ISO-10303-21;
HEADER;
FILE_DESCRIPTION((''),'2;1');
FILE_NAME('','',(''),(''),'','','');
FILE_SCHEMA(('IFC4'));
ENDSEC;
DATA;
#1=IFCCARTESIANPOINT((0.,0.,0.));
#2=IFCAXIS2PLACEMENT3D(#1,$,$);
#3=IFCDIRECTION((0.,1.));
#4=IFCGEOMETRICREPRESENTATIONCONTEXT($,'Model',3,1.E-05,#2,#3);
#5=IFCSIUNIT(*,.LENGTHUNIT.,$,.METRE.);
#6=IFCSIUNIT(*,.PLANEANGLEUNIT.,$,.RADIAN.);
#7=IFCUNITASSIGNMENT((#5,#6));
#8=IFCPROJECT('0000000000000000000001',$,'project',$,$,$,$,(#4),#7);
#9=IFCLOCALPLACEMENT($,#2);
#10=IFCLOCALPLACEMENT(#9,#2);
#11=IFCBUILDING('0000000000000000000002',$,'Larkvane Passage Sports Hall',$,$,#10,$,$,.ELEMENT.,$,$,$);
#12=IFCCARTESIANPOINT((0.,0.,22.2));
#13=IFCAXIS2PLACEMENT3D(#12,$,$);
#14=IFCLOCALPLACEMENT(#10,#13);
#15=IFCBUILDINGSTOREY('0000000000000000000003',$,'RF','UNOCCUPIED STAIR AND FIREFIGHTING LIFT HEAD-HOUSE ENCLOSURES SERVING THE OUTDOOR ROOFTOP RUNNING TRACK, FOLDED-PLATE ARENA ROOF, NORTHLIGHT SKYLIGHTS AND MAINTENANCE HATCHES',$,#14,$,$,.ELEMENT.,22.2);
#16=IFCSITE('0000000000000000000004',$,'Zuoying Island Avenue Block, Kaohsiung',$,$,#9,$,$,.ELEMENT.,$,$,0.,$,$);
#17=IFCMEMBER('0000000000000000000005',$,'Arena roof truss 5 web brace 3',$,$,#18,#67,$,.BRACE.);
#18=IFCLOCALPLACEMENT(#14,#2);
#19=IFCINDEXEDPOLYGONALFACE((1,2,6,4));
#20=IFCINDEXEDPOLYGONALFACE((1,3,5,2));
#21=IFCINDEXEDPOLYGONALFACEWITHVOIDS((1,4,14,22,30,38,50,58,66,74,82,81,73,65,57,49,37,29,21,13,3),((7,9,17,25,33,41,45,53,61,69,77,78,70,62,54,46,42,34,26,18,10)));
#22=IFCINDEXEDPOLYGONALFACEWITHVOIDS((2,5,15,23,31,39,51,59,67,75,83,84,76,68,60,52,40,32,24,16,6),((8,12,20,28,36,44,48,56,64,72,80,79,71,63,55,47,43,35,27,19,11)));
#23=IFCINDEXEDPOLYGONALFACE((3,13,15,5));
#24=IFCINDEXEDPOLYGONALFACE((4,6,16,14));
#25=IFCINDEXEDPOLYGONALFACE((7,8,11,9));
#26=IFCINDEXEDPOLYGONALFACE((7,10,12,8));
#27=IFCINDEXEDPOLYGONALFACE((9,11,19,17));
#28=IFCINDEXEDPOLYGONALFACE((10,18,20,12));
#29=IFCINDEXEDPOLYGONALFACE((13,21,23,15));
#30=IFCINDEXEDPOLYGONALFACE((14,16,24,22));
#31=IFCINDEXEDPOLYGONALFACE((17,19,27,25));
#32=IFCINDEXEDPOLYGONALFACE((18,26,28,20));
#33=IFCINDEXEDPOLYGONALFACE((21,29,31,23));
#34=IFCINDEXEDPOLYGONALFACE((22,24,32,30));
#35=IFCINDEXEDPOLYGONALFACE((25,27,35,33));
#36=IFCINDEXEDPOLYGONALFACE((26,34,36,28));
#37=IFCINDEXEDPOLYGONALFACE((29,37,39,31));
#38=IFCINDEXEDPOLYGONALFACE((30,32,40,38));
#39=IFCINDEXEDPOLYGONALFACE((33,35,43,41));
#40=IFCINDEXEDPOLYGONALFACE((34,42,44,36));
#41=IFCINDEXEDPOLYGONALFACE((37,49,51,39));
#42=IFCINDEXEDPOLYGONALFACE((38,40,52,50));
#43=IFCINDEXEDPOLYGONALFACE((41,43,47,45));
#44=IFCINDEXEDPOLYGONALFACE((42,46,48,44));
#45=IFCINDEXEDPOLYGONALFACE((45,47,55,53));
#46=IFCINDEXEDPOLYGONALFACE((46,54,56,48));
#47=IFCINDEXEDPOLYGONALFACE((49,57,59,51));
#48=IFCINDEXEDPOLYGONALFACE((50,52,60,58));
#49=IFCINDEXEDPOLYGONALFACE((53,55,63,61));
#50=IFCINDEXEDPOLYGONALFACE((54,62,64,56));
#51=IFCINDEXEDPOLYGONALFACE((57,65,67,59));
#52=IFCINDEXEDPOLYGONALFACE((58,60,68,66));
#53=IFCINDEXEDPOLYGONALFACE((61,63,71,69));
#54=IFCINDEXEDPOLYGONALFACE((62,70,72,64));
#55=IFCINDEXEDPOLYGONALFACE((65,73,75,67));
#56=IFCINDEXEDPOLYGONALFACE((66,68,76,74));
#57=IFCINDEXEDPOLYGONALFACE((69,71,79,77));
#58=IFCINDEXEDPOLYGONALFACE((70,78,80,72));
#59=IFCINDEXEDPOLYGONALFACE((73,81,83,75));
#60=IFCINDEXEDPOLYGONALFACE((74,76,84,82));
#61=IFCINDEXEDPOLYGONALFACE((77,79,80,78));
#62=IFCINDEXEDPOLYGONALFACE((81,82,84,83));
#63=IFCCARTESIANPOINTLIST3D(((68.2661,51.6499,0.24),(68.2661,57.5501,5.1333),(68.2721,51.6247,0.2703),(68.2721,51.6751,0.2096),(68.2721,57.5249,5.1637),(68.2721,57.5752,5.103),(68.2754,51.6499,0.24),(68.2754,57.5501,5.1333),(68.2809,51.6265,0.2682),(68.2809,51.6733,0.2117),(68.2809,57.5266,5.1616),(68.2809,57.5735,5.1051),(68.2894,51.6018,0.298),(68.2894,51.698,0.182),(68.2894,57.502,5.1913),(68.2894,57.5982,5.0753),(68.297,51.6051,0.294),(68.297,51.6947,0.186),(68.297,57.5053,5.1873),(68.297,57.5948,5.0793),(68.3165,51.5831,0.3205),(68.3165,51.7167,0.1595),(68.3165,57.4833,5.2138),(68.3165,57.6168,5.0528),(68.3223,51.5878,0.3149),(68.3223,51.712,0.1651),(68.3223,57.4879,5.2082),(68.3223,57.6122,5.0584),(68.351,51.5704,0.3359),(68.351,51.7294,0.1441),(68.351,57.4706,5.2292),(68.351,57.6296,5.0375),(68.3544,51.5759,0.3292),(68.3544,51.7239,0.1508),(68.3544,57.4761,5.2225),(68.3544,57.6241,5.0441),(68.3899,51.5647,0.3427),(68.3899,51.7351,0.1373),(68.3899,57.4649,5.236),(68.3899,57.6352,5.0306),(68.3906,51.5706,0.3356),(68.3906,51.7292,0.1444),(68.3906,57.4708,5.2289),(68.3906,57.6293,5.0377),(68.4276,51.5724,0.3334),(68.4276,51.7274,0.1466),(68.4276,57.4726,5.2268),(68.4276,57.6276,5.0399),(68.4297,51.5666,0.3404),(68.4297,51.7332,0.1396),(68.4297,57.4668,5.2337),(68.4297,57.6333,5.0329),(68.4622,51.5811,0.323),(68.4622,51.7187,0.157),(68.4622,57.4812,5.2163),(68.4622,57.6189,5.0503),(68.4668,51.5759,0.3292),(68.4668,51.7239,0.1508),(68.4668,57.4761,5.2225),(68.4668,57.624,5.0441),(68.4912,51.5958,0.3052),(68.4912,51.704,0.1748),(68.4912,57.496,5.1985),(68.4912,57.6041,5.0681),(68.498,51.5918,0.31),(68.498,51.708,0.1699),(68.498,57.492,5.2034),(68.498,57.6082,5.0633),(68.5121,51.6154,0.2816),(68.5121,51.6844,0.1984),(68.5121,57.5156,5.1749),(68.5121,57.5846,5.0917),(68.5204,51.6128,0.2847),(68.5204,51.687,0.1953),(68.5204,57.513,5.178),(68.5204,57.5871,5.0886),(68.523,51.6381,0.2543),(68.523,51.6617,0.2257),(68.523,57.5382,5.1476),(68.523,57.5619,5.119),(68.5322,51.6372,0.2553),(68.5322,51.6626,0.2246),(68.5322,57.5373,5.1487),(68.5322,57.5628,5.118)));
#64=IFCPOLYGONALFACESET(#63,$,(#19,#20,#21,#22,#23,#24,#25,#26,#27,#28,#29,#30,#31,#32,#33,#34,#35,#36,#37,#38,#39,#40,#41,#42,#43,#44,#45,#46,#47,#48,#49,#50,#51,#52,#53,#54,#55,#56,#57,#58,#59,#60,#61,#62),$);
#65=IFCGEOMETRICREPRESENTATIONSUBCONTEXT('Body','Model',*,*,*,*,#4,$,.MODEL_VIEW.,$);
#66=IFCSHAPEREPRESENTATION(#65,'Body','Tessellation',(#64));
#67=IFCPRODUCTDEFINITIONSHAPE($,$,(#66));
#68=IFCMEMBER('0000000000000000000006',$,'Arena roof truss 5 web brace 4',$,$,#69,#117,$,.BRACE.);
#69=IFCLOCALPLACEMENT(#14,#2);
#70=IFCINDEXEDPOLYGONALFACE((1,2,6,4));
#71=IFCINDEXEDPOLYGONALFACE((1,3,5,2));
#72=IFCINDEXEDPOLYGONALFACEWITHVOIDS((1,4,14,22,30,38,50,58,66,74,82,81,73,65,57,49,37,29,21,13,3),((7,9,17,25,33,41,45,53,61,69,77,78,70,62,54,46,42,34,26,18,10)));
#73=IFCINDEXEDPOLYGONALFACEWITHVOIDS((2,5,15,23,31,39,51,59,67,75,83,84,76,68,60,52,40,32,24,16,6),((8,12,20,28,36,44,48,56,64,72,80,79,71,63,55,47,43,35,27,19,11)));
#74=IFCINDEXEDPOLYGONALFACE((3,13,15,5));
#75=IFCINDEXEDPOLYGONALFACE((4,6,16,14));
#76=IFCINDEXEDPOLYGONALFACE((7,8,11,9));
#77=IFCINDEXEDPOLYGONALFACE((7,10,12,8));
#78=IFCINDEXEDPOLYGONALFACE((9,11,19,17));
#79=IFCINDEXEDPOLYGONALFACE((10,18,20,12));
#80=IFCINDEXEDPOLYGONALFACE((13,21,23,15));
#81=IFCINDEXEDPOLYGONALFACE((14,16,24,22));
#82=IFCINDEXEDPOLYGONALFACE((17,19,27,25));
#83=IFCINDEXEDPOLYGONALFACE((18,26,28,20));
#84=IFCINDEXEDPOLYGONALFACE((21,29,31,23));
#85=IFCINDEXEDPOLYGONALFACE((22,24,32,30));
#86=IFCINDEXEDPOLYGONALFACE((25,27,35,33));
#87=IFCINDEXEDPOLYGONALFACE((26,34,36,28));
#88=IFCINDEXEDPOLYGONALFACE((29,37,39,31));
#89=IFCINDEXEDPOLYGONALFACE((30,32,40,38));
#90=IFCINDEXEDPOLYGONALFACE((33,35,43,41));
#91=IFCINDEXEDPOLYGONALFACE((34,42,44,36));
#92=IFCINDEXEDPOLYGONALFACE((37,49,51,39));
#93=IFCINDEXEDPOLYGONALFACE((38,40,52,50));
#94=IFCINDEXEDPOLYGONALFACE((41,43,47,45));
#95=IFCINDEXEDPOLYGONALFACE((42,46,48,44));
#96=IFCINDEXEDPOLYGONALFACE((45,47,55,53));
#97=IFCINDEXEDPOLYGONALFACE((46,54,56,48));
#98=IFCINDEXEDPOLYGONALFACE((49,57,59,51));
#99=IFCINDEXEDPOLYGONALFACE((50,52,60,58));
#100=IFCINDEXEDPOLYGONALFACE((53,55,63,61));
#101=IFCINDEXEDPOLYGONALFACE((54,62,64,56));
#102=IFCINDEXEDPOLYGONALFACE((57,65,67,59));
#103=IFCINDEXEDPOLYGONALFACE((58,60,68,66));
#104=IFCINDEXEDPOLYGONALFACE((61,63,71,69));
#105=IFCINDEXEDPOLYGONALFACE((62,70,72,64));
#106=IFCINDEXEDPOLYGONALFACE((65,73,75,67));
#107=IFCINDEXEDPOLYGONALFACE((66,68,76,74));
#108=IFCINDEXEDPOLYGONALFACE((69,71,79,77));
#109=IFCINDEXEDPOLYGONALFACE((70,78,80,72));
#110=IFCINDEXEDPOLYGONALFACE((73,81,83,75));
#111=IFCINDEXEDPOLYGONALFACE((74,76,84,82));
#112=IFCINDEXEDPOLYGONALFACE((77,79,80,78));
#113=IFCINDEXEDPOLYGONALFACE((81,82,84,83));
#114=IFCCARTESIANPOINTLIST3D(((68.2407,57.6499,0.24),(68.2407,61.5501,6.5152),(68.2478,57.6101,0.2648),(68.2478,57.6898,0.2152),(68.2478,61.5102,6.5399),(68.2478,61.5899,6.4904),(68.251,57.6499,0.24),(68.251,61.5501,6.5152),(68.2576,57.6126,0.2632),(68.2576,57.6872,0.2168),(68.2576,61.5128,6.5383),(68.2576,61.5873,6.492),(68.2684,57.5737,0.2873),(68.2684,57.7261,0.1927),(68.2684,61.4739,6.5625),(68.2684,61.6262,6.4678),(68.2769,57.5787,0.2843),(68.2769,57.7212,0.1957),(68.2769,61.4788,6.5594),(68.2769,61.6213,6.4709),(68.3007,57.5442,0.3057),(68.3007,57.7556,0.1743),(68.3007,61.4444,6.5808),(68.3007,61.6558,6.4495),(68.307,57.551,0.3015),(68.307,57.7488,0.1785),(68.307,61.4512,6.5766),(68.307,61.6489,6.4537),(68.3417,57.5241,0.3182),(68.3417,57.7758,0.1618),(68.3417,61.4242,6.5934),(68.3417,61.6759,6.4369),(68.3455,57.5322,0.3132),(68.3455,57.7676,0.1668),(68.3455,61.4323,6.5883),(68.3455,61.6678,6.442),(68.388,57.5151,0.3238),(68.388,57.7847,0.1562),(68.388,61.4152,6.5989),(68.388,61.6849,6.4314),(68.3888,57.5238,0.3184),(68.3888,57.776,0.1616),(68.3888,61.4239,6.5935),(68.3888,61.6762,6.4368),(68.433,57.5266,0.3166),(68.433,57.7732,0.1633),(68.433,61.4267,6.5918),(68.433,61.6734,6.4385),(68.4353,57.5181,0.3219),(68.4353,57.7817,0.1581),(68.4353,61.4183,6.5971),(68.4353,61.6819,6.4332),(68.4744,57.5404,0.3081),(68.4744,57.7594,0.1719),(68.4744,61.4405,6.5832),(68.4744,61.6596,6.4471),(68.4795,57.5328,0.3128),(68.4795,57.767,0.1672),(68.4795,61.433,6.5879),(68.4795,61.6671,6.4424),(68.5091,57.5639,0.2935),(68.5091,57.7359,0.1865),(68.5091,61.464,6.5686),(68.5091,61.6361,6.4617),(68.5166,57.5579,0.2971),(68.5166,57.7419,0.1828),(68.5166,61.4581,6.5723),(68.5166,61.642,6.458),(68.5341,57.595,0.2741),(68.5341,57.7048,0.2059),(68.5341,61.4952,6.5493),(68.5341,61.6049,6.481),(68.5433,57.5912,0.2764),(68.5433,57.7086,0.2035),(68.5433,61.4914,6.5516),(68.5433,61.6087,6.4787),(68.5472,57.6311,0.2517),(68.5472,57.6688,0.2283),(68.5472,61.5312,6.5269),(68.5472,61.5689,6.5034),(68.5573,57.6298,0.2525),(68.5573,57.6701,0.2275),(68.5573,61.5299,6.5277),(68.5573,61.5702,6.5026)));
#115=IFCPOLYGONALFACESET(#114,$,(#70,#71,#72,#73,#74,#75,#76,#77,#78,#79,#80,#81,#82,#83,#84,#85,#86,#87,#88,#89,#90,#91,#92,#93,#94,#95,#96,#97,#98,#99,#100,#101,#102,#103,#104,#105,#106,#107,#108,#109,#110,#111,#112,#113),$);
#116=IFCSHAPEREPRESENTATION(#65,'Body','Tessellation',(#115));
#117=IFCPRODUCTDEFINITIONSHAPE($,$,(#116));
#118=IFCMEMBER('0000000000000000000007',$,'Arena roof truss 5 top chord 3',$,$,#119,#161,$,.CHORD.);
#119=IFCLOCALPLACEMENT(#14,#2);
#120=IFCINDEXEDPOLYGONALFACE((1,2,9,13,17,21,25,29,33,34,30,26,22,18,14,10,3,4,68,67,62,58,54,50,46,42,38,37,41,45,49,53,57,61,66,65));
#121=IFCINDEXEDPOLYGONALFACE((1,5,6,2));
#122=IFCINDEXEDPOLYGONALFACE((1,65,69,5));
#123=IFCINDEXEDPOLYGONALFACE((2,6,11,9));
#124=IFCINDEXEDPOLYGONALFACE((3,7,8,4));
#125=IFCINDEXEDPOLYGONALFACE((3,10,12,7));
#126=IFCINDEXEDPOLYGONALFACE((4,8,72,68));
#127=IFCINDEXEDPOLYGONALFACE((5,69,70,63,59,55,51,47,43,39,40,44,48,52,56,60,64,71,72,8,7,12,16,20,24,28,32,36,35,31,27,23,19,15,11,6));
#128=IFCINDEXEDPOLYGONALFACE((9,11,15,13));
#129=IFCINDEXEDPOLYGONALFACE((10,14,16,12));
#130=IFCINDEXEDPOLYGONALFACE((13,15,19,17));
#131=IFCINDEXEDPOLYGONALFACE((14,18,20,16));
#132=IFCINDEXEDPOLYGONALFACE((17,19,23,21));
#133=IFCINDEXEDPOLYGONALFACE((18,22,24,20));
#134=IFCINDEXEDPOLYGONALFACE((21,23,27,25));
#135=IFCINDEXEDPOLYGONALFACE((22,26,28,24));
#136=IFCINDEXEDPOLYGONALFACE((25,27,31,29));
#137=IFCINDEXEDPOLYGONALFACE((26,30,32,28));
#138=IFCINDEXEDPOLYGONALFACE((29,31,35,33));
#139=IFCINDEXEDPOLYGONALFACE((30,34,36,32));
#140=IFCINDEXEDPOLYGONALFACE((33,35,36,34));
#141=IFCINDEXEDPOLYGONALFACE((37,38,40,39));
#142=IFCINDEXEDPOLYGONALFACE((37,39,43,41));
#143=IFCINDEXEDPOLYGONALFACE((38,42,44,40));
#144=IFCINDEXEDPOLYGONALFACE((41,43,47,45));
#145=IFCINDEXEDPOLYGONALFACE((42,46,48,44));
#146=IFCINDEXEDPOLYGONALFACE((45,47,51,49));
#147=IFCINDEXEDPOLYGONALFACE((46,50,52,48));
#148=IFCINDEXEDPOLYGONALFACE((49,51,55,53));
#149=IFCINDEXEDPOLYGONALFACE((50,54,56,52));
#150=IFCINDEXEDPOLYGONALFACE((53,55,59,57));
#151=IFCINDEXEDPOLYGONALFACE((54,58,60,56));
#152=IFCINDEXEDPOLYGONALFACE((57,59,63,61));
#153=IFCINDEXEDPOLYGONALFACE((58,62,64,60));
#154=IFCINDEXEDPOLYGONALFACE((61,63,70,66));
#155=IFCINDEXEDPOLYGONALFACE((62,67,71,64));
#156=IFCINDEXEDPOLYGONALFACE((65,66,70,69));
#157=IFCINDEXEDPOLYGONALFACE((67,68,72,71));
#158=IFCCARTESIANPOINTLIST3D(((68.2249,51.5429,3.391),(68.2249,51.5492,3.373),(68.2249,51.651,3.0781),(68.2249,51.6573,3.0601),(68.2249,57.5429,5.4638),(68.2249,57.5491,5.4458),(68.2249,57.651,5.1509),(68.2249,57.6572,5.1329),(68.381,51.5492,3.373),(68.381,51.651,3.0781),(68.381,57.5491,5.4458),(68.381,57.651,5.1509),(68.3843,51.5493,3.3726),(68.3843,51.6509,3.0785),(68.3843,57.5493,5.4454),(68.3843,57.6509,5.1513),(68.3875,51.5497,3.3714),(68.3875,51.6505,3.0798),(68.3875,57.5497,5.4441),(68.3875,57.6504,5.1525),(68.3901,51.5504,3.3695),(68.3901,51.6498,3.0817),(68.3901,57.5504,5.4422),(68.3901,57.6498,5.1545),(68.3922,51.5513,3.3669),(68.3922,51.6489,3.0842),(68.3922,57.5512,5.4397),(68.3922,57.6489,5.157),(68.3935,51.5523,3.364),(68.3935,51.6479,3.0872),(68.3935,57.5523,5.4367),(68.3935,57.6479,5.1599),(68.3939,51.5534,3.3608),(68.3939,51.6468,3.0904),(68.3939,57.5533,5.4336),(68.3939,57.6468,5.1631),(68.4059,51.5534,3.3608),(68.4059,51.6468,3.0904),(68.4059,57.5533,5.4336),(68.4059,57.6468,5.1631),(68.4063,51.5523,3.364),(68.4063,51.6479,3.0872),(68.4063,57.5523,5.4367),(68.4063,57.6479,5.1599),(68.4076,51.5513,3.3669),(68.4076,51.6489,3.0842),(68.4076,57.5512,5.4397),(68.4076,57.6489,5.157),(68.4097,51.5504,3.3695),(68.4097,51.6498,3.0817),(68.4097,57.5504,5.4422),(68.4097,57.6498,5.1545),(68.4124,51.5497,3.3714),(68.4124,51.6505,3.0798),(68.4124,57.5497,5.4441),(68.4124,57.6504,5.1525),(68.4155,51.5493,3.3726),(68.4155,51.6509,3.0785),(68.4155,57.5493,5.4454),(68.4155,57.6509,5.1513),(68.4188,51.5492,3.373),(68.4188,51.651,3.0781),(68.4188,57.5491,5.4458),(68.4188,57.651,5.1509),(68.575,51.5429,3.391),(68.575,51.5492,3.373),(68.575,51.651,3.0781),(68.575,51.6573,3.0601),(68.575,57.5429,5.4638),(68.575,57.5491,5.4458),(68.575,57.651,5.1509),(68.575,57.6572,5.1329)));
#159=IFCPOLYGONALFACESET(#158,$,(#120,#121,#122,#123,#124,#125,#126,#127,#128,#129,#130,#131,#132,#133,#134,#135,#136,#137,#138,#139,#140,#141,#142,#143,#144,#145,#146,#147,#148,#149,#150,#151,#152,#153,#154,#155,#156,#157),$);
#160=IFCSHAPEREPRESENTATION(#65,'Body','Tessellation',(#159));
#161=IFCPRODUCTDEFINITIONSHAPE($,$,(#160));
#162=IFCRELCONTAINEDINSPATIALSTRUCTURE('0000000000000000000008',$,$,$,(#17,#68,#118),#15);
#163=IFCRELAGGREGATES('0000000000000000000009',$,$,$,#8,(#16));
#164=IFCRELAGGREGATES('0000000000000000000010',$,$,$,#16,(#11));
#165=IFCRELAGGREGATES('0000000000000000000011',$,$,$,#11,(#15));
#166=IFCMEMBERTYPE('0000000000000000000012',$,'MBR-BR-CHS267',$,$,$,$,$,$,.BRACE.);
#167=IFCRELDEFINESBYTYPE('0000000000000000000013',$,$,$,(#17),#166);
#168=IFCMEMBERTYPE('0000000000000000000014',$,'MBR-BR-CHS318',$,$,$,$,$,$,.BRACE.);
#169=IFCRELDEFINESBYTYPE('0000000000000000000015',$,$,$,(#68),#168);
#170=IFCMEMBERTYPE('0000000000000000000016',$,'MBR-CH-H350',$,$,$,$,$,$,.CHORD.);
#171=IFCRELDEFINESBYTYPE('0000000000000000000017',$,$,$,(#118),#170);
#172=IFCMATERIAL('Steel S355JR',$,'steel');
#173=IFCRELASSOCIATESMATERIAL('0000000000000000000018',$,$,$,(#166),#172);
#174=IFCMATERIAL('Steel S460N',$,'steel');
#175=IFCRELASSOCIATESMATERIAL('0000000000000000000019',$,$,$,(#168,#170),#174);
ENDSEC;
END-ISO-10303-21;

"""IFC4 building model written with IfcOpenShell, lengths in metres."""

from ifc_helpers import new_model, si_unit, direction, frame, origin, origin_2d, place, context, subcontext, project, spatial, hollow_circle, i_section, extrude, material, material_profile, profile_set, type_object, element, save


model = new_model("IFC4")

# Units and contexts
model_context = context("Model", 3, precision=1e-05, world=origin(), true_north=direction((0.0, 1.0)))
body_context = subcontext(model_context, "Body", "Model", "MODEL_VIEW")
ifc_project = project(units=[si_unit("LENGTHUNIT", "METRE"), si_unit("PLANEANGLEUNIT", "RADIAN")], contexts=[model_context])

# Site, building, storey
site_placement = place(None, origin())
site = spatial("IfcSite", under=ifc_project, at=site_placement, Name="Zuoying Island Avenue Block, Kaohsiung", CompositionType="ELEMENT", RefElevation=0.0)
building_placement = place(site_placement, origin())
building = spatial("IfcBuilding", under=site, at=building_placement, Name="Larkvane Passage Sports Hall", CompositionType="ELEMENT")
storey_placement = place(building_placement, frame((0.0, 0.0, 22.2)))
storey = spatial("IfcBuildingStorey", under=building, at=storey_placement, Name="RF", Description="UNOCCUPIED STAIR AND FIREFIGHTING LIFT HEAD-HOUSE ENCLOSURES SERVING THE OUTDOOR ROOFTOP RUNNING TRACK, FOLDED-PLATE ARENA ROOF, NORTHLIGHT SKYLIGHTS AND MAINTENANCE HATCHES", CompositionType="ELEMENT", Elevation=22.2)

# Members
ifc_material_1 = material(Name="Steel S355JR", Category="steel")
ifc_material_profile_1 = material_profile(ifc_material_1, hollow_circle(Radius=0.1338, WallThickness=0.0093, at=origin_2d()), Name="CHS-267.4x9.3")
ifc_profile_set_1 = profile_set([ifc_material_profile_1], Name="Steel S355JR")
member_type_1 = type_object("IfcMemberType", Name="MBR-BR-CHS267", PredefinedType="BRACE", material=ifc_profile_set_1)
member_1_placement = place(storey_placement, frame((68.3999, 51.6499, 0.24), z_axis=(0.0, 0.769726, 0.638375), x_axis=(-1.0, 0.0, 0.0)))
element("IfcMember", 1, at=member_1_placement, inside=storey, type_object=member_type_1, Name="Arena roof truss 5 web brace 3", PredefinedType="BRACE", context=body_context, shape_type="SweptSolid", body=[
    extrude(hollow_circle(Radius=0.1338, WallThickness=0.0093, at=origin_2d()), origin(), (0.0, 0.0, 1.0), 7.6653),
])
ifc_material_2 = material(Name="Steel S460N", Category="steel")
ifc_material_profile_2 = material_profile(ifc_material_2, hollow_circle(Radius=0.1592, WallThickness=0.0103, at=origin_2d()), Name="CHS-318.5x10.3")
ifc_profile_set_2 = profile_set([ifc_material_profile_2], Name="Steel S460N")
member_type_2 = type_object("IfcMemberType", Name="MBR-BR-CHS318", PredefinedType="BRACE", material=ifc_profile_set_2)
member_2_placement = place(storey_placement, frame((68.3999, 57.6499, 0.24), z_axis=(0.0, 0.527874, 0.849323), x_axis=(-1.0, 0.0, 0.0)))
element("IfcMember", 2, at=member_2_placement, inside=storey, type_object=member_type_2, Name="Arena roof truss 5 web brace 4", PredefinedType="BRACE", context=body_context, shape_type="SweptSolid", body=[
    extrude(hollow_circle(Radius=0.1592, WallThickness=0.0103, at=origin_2d()), origin(), (0.0, 0.0, 1.0), 7.3884),
])
ifc_material_profile_3 = material_profile(ifc_material_2, i_section(OverallWidth=0.3501, OverallDepth=0.3501, WebThickness=0.012, FlangeThickness=0.019, FilletRadius=0.0129, at=origin_2d()), Name="H-350x350x12x19")
ifc_profile_set_3 = profile_set([ifc_material_profile_3], Name="Steel S460N")
member_type_3 = type_object("IfcMemberType", Name="MBR-CH-H350", PredefinedType="CHORD", material=ifc_profile_set_3)
member_3_placement = place(storey_placement, frame((68.3999, 51.6001, 3.2256), z_axis=(0.0, 0.945189, 0.326524), x_axis=(-1.0, 0.0, 0.0)))
element("IfcMember", 3, at=member_3_placement, inside=storey, type_object=member_type_3, Name="Arena roof truss 5 top chord 3", PredefinedType="CHORD", context=body_context, shape_type="SweptSolid", body=[
    extrude(i_section(OverallWidth=0.3501, OverallDepth=0.3501, WebThickness=0.012, FlangeThickness=0.019, FilletRadius=0.0129, at=origin_2d()), origin(), (0.0, 0.0, 1.0), 6.3479),
])

save(model, "model.ifc")
